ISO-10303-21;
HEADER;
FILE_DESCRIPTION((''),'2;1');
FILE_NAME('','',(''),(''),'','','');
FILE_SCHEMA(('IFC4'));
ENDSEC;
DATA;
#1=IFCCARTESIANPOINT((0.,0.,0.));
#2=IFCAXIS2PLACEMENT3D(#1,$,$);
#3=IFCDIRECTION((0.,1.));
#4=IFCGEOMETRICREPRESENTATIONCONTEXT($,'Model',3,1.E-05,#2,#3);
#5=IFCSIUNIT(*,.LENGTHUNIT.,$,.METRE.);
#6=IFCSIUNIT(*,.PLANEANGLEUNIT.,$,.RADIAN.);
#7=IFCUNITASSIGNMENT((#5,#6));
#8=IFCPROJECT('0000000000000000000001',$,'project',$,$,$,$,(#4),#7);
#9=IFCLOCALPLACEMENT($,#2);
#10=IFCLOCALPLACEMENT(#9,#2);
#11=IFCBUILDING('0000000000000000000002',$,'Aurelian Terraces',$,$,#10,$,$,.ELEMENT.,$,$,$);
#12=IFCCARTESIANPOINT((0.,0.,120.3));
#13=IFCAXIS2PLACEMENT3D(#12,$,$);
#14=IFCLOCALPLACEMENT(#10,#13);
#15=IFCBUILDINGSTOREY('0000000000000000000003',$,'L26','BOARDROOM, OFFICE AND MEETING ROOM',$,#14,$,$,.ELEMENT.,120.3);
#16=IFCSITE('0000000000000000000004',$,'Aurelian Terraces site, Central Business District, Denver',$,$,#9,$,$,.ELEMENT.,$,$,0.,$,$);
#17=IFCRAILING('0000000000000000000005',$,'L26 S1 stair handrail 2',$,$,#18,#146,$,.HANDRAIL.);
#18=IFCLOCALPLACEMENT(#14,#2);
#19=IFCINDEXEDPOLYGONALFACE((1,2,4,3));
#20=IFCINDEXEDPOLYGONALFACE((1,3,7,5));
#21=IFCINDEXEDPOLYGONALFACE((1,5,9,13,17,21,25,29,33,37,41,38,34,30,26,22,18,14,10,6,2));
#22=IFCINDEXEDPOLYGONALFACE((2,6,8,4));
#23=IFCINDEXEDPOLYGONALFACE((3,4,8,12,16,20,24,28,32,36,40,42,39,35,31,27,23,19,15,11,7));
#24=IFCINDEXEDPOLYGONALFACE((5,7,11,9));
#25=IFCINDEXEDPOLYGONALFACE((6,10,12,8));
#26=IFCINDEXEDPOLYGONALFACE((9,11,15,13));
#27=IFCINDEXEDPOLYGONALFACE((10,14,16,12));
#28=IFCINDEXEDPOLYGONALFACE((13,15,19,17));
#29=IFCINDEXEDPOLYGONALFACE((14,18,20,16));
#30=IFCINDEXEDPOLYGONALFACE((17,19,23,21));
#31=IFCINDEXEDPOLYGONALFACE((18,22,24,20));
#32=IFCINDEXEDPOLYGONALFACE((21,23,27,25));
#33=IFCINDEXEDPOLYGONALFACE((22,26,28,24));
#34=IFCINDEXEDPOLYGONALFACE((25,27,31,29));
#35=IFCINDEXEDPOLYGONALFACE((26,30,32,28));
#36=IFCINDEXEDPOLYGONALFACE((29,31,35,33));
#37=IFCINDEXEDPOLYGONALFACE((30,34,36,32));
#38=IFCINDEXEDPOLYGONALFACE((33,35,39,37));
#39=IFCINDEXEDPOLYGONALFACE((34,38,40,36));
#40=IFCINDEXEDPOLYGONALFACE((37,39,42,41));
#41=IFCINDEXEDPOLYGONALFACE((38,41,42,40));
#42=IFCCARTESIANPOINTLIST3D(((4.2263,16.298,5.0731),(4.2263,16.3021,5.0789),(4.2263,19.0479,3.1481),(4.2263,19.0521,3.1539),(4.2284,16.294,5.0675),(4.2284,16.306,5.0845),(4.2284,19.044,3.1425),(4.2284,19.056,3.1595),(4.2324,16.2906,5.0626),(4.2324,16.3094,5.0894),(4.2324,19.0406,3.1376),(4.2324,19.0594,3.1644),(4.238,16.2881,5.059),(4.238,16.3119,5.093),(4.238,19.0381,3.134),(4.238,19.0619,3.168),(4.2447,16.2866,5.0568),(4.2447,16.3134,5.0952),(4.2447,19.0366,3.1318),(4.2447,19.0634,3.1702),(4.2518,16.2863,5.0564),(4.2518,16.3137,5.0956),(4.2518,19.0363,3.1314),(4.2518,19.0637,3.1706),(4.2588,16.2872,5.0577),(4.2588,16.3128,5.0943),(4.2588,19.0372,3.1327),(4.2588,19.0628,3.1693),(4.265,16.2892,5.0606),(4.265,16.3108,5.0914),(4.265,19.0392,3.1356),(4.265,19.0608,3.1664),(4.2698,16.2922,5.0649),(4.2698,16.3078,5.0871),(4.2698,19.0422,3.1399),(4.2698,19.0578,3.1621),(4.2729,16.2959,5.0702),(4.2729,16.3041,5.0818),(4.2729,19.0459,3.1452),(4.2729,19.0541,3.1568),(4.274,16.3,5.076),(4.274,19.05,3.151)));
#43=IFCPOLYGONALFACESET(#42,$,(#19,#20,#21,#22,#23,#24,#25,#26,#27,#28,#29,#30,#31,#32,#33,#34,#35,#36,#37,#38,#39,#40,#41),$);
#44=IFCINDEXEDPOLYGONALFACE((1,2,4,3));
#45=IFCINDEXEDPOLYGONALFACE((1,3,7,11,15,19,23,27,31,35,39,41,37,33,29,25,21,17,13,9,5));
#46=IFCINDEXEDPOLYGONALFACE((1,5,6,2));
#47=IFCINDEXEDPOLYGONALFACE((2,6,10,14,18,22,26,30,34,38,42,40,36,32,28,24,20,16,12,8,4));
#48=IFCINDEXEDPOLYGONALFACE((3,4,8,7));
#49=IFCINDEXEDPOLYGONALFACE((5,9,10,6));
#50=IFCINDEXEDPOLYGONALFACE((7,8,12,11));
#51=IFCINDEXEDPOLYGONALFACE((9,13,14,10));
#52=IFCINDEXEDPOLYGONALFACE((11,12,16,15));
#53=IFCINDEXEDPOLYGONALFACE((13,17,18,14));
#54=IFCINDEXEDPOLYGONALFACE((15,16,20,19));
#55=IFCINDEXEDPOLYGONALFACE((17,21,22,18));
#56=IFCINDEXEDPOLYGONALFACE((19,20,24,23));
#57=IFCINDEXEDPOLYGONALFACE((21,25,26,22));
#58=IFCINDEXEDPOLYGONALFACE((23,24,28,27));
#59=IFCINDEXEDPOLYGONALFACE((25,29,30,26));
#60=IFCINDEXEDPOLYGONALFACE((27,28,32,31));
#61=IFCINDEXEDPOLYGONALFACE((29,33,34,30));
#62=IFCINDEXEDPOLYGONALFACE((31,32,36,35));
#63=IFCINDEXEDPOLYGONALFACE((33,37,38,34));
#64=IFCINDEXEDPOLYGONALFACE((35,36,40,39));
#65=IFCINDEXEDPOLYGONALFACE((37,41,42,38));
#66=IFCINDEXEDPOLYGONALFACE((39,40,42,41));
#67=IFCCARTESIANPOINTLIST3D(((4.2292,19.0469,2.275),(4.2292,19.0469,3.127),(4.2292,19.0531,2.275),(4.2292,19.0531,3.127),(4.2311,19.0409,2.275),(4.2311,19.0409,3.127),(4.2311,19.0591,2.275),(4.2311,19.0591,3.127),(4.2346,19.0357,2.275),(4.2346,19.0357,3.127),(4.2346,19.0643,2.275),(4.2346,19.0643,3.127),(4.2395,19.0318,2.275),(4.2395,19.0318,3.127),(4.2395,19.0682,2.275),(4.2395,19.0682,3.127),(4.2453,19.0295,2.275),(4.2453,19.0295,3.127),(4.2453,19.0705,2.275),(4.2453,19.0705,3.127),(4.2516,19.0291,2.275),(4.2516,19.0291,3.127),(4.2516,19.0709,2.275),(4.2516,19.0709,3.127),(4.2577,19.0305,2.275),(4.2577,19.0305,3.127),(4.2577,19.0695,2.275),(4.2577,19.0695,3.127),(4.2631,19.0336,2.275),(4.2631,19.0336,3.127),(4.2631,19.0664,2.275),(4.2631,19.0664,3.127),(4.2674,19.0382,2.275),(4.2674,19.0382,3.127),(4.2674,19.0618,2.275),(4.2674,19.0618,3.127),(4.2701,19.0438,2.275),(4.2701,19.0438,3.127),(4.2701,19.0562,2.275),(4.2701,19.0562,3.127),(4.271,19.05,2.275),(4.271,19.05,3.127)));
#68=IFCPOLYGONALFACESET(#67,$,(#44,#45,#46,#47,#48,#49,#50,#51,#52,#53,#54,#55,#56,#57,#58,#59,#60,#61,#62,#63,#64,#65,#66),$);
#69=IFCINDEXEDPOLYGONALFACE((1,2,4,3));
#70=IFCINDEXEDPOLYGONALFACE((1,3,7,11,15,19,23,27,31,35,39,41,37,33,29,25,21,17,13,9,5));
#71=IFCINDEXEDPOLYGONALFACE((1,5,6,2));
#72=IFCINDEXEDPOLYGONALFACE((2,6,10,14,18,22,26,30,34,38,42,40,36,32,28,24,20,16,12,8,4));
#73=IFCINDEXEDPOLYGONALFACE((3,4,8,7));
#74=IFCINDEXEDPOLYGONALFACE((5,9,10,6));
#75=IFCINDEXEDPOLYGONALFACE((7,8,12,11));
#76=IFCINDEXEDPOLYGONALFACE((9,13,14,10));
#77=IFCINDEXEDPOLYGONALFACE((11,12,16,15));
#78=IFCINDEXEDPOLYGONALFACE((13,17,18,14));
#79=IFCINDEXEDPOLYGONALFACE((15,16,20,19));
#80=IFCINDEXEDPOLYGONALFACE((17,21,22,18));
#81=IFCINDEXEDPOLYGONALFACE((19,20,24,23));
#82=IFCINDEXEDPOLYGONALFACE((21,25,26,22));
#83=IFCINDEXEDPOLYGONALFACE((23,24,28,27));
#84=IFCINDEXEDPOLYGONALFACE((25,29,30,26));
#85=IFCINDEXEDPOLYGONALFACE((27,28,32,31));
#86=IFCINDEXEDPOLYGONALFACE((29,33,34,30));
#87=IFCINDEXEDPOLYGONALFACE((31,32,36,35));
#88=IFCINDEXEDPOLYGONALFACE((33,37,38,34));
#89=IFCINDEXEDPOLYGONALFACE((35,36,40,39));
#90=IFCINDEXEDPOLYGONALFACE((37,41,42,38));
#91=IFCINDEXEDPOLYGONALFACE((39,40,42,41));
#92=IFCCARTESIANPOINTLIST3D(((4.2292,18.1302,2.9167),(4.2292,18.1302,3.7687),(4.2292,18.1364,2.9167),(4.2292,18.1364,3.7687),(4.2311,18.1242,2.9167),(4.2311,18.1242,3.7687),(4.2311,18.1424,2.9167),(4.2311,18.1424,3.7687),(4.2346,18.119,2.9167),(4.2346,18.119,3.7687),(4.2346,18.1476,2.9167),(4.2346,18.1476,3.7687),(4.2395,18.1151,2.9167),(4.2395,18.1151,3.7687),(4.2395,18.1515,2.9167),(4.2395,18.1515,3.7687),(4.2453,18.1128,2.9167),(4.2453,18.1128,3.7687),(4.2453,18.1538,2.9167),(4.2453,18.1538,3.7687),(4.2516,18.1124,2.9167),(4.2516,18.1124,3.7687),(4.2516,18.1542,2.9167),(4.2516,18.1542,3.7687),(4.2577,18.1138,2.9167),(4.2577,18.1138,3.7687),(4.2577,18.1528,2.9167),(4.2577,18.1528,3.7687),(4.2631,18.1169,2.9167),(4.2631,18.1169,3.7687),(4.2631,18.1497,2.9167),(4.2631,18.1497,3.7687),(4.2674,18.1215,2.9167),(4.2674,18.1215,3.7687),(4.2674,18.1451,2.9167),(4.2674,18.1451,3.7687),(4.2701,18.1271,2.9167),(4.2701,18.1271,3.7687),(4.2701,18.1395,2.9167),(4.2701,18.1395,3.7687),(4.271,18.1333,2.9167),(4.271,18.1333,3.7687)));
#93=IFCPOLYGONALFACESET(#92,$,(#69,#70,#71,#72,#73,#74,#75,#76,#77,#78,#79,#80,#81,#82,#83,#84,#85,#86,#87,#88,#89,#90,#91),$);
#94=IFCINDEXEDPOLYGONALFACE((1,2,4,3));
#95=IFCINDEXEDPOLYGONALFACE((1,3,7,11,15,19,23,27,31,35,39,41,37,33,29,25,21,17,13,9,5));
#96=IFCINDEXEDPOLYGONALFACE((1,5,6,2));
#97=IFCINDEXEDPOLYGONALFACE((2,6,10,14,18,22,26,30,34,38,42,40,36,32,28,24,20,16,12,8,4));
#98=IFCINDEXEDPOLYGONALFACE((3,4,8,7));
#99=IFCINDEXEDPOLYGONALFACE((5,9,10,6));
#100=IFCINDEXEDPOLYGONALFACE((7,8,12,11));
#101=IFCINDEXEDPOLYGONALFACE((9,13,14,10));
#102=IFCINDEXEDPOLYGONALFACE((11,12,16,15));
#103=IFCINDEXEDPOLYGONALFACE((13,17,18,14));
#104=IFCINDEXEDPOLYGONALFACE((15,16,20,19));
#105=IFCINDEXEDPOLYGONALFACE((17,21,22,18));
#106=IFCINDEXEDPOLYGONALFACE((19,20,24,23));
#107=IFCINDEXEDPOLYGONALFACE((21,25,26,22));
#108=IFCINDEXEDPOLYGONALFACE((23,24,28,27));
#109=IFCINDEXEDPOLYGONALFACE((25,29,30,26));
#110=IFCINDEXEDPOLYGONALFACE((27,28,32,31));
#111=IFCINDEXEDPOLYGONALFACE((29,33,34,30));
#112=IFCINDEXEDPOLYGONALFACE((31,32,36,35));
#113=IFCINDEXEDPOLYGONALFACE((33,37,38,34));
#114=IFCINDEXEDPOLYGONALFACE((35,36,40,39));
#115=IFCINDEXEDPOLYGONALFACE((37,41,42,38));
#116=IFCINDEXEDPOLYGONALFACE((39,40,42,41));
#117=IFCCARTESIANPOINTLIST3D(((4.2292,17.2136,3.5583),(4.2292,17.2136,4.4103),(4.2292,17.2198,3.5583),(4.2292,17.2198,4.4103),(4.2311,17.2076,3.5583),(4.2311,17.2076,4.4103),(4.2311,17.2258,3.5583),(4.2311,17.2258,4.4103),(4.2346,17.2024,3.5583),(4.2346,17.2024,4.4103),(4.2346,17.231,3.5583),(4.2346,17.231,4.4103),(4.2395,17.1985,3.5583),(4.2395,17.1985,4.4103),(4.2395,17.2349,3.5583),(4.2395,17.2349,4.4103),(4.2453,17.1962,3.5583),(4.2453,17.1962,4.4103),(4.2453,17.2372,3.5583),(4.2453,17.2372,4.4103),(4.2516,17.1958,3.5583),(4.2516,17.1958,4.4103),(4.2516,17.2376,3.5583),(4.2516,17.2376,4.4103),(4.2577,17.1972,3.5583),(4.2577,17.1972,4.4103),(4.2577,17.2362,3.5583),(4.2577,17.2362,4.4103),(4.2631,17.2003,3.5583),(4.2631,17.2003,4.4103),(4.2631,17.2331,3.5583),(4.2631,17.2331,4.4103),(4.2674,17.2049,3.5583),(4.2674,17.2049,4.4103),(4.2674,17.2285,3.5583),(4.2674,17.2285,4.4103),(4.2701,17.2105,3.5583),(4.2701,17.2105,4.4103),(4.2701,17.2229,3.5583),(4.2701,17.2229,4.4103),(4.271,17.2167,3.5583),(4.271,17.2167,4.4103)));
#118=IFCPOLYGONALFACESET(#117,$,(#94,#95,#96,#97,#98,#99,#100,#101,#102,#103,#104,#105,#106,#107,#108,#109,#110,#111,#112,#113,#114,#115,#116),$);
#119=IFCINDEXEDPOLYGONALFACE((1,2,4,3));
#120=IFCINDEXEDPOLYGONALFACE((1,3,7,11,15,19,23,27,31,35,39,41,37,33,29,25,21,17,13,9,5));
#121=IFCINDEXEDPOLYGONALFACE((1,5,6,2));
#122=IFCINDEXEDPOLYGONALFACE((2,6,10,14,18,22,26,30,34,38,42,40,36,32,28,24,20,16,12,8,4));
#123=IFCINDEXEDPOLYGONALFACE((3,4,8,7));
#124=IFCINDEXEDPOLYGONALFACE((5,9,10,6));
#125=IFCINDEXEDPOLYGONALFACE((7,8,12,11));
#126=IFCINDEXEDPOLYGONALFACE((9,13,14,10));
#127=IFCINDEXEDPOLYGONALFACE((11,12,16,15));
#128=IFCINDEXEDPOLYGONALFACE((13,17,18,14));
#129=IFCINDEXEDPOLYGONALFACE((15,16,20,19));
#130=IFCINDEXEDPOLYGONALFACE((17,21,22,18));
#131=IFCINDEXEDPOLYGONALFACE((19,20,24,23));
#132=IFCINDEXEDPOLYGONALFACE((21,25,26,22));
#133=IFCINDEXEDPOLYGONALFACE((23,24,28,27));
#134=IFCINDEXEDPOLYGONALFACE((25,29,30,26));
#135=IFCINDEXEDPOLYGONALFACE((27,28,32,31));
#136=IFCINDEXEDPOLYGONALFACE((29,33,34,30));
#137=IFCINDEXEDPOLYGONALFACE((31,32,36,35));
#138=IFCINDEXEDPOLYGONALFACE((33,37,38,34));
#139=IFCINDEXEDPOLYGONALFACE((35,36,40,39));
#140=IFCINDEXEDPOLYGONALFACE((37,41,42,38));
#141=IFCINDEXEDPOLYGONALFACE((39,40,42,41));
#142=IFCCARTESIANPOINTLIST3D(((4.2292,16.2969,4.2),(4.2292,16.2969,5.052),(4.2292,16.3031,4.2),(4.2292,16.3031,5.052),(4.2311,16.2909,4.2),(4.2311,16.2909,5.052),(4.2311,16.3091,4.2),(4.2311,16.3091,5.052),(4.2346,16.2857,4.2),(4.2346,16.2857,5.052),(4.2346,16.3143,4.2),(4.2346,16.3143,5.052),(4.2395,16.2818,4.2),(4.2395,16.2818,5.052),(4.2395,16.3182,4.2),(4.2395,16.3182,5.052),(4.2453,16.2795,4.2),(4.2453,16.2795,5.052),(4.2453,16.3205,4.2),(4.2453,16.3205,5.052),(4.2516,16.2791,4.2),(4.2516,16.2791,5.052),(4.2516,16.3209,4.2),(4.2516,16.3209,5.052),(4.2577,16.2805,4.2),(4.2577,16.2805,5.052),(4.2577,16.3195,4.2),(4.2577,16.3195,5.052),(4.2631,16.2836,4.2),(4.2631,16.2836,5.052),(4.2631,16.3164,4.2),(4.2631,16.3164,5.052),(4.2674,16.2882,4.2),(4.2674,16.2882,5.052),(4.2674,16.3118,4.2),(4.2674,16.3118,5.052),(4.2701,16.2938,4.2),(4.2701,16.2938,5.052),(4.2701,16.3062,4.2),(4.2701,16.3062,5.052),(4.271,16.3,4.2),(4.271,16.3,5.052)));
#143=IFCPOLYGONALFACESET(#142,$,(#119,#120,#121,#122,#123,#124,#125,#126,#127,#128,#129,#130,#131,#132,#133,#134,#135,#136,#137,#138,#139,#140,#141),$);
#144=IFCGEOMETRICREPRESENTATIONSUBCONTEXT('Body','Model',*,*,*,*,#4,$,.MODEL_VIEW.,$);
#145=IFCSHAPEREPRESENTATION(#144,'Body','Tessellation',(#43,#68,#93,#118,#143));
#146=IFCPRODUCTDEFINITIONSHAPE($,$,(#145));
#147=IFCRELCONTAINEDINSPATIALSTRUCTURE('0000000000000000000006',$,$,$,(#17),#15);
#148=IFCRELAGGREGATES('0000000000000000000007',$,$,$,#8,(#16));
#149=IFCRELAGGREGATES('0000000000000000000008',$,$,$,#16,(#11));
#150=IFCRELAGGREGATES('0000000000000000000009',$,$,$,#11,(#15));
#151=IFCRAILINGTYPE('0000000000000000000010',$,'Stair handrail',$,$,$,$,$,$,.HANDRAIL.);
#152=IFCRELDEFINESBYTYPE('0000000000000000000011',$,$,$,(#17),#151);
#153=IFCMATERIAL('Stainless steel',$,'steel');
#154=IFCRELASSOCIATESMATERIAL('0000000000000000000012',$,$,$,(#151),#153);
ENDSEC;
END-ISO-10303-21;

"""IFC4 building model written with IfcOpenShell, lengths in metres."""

from ifc_helpers import new_model, si_unit, direction, frame, origin, origin_2d, place, context, subcontext, project, spatial, circle, extrude, source, transform, mapped, material, type_object, element, save


model = new_model("IFC4")

# Units and contexts
model_context = context("Model", 3, precision=1e-05, world=origin(), true_north=direction((0.0, 1.0)))
body_context = subcontext(model_context, "Body", "Model", "MODEL_VIEW")
ifc_project = project(units=[si_unit("LENGTHUNIT", "METRE"), si_unit("PLANEANGLEUNIT", "RADIAN")], contexts=[model_context])

# Site, building, storey
site_placement = place(None, origin())
site = spatial("IfcSite", under=ifc_project, at=site_placement, Name="Aurelian Terraces site, Central Business District, Denver", CompositionType="ELEMENT", RefElevation=0.0)
building_placement = place(site_placement, origin())
building = spatial("IfcBuilding", under=site, at=building_placement, Name="Aurelian Terraces", CompositionType="ELEMENT")
storey_placement = place(building_placement, frame((0.0, 0.0, 120.3)))
storey = spatial("IfcBuildingStorey", under=building, at=storey_placement, Name="L26", Description="BOARDROOM, OFFICE AND MEETING ROOM", CompositionType="ELEMENT", Elevation=120.3)

# Shared definitions
ifc_material_1 = material(Name="Stainless steel", Category="steel")

# Railing
railing_type_1 = type_object("IfcRailingType", Name="Stair handrail", PredefinedType="HANDRAIL", material=ifc_material_1)
shared_shape_1 = source(origin(), body_context, "Body", "SweptSolid", [
    extrude(circle(Radius=0.024, at=origin_2d()), frame((0.0, 0.0, 0.876), z_axis=(0.0, -0.819232, 0.573462), x_axis=(1.0, 0.0, 0.0)), (0.0, 0.0, 1.0), 3.3568),
    extrude(circle(Radius=0.021, at=origin_2d()), origin(), (0.0, 0.0, 1.0), 0.852),
    extrude(circle(Radius=0.021, at=origin_2d()), frame((0.0, -0.9167, 0.6417)), (0.0, 0.0, 1.0), 0.852),
    extrude(circle(Radius=0.021, at=origin_2d()), frame((0.0, -1.8333, 1.2833)), (0.0, 0.0, 1.0), 0.852),
    extrude(circle(Radius=0.021, at=origin_2d()), frame((0.0, -2.75, 1.925)), (0.0, 0.0, 1.0), 0.852),
])
railing_1_placement = place(storey_placement, frame((4.25, 19.05, 2.275)))
element("IfcRailing", 1, at=railing_1_placement, inside=storey, type_object=railing_type_1, Name="L26 S1 stair handrail 2", PredefinedType="HANDRAIL", context=body_context, shape_type="MappedRepresentation", body=[
    mapped(shared_shape_1, transform((0.0, 0.0, 0.0), scale=1.0)),
])

save(model, "model.ifc")
